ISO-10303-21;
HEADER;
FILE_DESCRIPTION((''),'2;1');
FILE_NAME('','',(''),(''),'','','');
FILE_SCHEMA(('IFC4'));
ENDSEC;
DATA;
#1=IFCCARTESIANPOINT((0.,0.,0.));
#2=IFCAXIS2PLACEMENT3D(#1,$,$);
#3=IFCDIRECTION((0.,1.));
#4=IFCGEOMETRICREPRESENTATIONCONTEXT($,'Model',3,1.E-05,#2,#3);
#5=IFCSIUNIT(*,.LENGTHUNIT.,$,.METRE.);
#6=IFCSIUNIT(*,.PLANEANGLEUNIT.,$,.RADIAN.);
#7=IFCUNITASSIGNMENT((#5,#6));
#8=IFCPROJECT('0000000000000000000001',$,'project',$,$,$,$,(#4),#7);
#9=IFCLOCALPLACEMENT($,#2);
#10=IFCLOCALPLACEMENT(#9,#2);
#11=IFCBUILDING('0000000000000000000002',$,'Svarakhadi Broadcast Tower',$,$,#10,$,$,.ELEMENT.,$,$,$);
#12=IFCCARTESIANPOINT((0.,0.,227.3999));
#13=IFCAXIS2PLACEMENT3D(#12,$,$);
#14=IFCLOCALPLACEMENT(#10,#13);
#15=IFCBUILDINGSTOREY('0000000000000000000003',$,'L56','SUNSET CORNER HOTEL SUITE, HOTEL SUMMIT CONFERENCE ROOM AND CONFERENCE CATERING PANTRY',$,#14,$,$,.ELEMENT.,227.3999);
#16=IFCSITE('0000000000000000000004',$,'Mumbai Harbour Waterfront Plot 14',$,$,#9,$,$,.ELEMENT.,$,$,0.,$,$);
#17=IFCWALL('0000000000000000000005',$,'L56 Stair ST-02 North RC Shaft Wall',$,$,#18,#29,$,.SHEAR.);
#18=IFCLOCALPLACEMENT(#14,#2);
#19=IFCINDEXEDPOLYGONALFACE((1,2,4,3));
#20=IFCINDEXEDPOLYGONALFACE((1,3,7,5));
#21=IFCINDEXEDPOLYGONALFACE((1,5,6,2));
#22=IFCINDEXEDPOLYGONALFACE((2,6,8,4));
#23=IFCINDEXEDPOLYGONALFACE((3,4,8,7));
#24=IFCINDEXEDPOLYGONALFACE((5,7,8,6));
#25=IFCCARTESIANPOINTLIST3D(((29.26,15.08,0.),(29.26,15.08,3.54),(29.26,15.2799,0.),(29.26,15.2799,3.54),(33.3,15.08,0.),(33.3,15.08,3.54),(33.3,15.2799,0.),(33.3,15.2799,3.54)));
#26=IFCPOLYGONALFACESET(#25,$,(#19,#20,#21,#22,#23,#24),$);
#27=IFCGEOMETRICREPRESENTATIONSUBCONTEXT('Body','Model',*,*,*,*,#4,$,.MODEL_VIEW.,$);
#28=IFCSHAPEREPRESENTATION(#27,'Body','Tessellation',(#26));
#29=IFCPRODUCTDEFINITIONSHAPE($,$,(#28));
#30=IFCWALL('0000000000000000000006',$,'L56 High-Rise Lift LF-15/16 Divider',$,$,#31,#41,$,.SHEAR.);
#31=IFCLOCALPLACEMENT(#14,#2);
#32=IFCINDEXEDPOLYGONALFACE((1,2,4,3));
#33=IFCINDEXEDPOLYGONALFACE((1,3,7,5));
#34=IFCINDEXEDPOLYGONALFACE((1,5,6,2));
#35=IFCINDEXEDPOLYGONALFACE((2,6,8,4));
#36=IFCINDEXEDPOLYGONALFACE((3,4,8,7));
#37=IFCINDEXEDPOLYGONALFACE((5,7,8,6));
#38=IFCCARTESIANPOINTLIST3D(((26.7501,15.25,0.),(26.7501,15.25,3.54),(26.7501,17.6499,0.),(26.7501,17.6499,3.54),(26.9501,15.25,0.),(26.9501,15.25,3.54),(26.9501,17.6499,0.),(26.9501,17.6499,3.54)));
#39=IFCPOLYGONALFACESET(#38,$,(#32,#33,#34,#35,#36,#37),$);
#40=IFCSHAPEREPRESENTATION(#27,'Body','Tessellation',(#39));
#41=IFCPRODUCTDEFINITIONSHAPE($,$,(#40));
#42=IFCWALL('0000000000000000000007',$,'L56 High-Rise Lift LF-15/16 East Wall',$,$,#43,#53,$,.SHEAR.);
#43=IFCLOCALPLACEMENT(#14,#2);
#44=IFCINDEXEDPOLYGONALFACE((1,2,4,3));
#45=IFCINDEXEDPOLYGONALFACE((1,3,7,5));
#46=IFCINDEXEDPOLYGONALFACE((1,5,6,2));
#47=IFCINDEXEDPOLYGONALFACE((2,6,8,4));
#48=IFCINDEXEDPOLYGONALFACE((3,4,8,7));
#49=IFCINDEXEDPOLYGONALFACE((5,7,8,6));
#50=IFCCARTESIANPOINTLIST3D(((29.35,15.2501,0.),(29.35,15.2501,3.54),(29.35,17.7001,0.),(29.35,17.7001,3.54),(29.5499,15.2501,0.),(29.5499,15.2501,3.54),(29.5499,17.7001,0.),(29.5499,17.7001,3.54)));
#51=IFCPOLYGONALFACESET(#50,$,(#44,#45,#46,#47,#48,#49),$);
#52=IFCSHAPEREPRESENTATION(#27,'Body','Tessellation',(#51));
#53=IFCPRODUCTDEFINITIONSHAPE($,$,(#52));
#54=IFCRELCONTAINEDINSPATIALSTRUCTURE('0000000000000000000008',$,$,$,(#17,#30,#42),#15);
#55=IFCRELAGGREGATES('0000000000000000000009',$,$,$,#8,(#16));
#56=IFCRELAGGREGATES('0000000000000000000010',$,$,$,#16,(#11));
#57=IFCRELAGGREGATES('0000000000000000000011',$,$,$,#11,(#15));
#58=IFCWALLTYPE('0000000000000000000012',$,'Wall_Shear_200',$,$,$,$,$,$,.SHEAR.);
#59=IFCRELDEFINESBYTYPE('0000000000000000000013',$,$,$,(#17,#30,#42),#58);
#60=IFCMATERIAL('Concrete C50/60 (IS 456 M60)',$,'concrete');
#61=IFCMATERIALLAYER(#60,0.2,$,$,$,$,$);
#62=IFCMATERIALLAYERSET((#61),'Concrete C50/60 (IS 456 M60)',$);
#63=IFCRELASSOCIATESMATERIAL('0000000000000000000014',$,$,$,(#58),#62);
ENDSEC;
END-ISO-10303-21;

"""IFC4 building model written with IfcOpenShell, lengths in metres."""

from ifc_helpers import new_model, si_unit, direction, frame, frame_2d, origin, place, context, subcontext, project, spatial, rectangle, extrude, material, layer, layer_set, type_object, element, save


model = new_model("IFC4")

# Units and contexts
model_context = context("Model", 3, precision=1e-05, world=origin(), true_north=direction((0.0, 1.0)))
body_context = subcontext(model_context, "Body", "Model", "MODEL_VIEW")
ifc_project = project(units=[si_unit("LENGTHUNIT", "METRE"), si_unit("PLANEANGLEUNIT", "RADIAN")], contexts=[model_context])

# Site, building, storey
site_placement = place(None, origin())
site = spatial("IfcSite", under=ifc_project, at=site_placement, Name="Mumbai Harbour Waterfront Plot 14", CompositionType="ELEMENT", RefElevation=0.0)
building_placement = place(site_placement, origin())
building = spatial("IfcBuilding", under=site, at=building_placement, Name="Svarakhadi Broadcast Tower", CompositionType="ELEMENT")
storey_placement = place(building_placement, frame((0.0, 0.0, 227.3999)))
storey = spatial("IfcBuildingStorey", under=building, at=storey_placement, Name="L56", Description="SUNSET CORNER HOTEL SUITE, HOTEL SUMMIT CONFERENCE ROOM AND CONFERENCE CATERING PANTRY", CompositionType="ELEMENT", Elevation=227.3999)

# Shared definitions
ifc_material_1 = material(Name="Concrete C50/60 (IS 456 M60)", Category="concrete")

# Wall
ifc_layer_1 = layer(ifc_material_1, 0.2)
ifc_layer_set_1 = layer_set([ifc_layer_1], Name="Concrete C50/60 (IS 456 M60)")
wall_type_1 = type_object("IfcWallType", Name="Wall_Shear_200", PredefinedType="SHEAR", material=ifc_layer_set_1)
wall_1_placement = place(storey_placement, frame((29.26, 15.1799, 0.0), z_axis=(0.0, 0.0, 1.0), x_axis=(1.0, 0.0, 0.0)))
element("IfcWall", 1, at=wall_1_placement, inside=storey, type_object=wall_type_1, Name="L56 Stair ST-02 North RC Shaft Wall", PredefinedType="SHEAR", context=body_context, shape_type="SweptSolid", body=[
    extrude(rectangle(XDim=4.04, YDim=0.2, at=frame_2d((2.02, 0.0))), origin(), (0.0, 0.0, 1.0), 3.54),
])

# Walls
wall_2_placement = place(storey_placement, frame((26.8501, 15.25, 0.0), z_axis=(0.0, 0.0, 1.0), x_axis=(0.0, 1.0, 0.0)))
element("IfcWall", 2, at=wall_2_placement, inside=storey, type_object=wall_type_1, Name="L56 High-Rise Lift LF-15/16 Divider", PredefinedType="SHEAR", context=body_context, shape_type="SweptSolid", body=[
    extrude(rectangle(XDim=2.3999, YDim=0.2, at=frame_2d((1.2, 0.0))), origin(), (0.0, 0.0, 1.0), 3.54),
])
wall_3_placement = place(storey_placement, frame((29.45, 15.25, 0.0), z_axis=(0.0, 0.0, 1.0), x_axis=(0.0, 1.0, 0.0)))
element("IfcWall", 3, at=wall_3_placement, inside=storey, type_object=wall_type_1, Name="L56 High-Rise Lift LF-15/16 East Wall", PredefinedType="SHEAR", context=body_context, shape_type="SweptSolid", body=[
    extrude(rectangle(XDim=2.45, YDim=0.2, at=frame_2d((1.2251, 0.0))), origin(), (0.0, 0.0, 1.0), 3.54),
])

save(model, "model.ifc")
